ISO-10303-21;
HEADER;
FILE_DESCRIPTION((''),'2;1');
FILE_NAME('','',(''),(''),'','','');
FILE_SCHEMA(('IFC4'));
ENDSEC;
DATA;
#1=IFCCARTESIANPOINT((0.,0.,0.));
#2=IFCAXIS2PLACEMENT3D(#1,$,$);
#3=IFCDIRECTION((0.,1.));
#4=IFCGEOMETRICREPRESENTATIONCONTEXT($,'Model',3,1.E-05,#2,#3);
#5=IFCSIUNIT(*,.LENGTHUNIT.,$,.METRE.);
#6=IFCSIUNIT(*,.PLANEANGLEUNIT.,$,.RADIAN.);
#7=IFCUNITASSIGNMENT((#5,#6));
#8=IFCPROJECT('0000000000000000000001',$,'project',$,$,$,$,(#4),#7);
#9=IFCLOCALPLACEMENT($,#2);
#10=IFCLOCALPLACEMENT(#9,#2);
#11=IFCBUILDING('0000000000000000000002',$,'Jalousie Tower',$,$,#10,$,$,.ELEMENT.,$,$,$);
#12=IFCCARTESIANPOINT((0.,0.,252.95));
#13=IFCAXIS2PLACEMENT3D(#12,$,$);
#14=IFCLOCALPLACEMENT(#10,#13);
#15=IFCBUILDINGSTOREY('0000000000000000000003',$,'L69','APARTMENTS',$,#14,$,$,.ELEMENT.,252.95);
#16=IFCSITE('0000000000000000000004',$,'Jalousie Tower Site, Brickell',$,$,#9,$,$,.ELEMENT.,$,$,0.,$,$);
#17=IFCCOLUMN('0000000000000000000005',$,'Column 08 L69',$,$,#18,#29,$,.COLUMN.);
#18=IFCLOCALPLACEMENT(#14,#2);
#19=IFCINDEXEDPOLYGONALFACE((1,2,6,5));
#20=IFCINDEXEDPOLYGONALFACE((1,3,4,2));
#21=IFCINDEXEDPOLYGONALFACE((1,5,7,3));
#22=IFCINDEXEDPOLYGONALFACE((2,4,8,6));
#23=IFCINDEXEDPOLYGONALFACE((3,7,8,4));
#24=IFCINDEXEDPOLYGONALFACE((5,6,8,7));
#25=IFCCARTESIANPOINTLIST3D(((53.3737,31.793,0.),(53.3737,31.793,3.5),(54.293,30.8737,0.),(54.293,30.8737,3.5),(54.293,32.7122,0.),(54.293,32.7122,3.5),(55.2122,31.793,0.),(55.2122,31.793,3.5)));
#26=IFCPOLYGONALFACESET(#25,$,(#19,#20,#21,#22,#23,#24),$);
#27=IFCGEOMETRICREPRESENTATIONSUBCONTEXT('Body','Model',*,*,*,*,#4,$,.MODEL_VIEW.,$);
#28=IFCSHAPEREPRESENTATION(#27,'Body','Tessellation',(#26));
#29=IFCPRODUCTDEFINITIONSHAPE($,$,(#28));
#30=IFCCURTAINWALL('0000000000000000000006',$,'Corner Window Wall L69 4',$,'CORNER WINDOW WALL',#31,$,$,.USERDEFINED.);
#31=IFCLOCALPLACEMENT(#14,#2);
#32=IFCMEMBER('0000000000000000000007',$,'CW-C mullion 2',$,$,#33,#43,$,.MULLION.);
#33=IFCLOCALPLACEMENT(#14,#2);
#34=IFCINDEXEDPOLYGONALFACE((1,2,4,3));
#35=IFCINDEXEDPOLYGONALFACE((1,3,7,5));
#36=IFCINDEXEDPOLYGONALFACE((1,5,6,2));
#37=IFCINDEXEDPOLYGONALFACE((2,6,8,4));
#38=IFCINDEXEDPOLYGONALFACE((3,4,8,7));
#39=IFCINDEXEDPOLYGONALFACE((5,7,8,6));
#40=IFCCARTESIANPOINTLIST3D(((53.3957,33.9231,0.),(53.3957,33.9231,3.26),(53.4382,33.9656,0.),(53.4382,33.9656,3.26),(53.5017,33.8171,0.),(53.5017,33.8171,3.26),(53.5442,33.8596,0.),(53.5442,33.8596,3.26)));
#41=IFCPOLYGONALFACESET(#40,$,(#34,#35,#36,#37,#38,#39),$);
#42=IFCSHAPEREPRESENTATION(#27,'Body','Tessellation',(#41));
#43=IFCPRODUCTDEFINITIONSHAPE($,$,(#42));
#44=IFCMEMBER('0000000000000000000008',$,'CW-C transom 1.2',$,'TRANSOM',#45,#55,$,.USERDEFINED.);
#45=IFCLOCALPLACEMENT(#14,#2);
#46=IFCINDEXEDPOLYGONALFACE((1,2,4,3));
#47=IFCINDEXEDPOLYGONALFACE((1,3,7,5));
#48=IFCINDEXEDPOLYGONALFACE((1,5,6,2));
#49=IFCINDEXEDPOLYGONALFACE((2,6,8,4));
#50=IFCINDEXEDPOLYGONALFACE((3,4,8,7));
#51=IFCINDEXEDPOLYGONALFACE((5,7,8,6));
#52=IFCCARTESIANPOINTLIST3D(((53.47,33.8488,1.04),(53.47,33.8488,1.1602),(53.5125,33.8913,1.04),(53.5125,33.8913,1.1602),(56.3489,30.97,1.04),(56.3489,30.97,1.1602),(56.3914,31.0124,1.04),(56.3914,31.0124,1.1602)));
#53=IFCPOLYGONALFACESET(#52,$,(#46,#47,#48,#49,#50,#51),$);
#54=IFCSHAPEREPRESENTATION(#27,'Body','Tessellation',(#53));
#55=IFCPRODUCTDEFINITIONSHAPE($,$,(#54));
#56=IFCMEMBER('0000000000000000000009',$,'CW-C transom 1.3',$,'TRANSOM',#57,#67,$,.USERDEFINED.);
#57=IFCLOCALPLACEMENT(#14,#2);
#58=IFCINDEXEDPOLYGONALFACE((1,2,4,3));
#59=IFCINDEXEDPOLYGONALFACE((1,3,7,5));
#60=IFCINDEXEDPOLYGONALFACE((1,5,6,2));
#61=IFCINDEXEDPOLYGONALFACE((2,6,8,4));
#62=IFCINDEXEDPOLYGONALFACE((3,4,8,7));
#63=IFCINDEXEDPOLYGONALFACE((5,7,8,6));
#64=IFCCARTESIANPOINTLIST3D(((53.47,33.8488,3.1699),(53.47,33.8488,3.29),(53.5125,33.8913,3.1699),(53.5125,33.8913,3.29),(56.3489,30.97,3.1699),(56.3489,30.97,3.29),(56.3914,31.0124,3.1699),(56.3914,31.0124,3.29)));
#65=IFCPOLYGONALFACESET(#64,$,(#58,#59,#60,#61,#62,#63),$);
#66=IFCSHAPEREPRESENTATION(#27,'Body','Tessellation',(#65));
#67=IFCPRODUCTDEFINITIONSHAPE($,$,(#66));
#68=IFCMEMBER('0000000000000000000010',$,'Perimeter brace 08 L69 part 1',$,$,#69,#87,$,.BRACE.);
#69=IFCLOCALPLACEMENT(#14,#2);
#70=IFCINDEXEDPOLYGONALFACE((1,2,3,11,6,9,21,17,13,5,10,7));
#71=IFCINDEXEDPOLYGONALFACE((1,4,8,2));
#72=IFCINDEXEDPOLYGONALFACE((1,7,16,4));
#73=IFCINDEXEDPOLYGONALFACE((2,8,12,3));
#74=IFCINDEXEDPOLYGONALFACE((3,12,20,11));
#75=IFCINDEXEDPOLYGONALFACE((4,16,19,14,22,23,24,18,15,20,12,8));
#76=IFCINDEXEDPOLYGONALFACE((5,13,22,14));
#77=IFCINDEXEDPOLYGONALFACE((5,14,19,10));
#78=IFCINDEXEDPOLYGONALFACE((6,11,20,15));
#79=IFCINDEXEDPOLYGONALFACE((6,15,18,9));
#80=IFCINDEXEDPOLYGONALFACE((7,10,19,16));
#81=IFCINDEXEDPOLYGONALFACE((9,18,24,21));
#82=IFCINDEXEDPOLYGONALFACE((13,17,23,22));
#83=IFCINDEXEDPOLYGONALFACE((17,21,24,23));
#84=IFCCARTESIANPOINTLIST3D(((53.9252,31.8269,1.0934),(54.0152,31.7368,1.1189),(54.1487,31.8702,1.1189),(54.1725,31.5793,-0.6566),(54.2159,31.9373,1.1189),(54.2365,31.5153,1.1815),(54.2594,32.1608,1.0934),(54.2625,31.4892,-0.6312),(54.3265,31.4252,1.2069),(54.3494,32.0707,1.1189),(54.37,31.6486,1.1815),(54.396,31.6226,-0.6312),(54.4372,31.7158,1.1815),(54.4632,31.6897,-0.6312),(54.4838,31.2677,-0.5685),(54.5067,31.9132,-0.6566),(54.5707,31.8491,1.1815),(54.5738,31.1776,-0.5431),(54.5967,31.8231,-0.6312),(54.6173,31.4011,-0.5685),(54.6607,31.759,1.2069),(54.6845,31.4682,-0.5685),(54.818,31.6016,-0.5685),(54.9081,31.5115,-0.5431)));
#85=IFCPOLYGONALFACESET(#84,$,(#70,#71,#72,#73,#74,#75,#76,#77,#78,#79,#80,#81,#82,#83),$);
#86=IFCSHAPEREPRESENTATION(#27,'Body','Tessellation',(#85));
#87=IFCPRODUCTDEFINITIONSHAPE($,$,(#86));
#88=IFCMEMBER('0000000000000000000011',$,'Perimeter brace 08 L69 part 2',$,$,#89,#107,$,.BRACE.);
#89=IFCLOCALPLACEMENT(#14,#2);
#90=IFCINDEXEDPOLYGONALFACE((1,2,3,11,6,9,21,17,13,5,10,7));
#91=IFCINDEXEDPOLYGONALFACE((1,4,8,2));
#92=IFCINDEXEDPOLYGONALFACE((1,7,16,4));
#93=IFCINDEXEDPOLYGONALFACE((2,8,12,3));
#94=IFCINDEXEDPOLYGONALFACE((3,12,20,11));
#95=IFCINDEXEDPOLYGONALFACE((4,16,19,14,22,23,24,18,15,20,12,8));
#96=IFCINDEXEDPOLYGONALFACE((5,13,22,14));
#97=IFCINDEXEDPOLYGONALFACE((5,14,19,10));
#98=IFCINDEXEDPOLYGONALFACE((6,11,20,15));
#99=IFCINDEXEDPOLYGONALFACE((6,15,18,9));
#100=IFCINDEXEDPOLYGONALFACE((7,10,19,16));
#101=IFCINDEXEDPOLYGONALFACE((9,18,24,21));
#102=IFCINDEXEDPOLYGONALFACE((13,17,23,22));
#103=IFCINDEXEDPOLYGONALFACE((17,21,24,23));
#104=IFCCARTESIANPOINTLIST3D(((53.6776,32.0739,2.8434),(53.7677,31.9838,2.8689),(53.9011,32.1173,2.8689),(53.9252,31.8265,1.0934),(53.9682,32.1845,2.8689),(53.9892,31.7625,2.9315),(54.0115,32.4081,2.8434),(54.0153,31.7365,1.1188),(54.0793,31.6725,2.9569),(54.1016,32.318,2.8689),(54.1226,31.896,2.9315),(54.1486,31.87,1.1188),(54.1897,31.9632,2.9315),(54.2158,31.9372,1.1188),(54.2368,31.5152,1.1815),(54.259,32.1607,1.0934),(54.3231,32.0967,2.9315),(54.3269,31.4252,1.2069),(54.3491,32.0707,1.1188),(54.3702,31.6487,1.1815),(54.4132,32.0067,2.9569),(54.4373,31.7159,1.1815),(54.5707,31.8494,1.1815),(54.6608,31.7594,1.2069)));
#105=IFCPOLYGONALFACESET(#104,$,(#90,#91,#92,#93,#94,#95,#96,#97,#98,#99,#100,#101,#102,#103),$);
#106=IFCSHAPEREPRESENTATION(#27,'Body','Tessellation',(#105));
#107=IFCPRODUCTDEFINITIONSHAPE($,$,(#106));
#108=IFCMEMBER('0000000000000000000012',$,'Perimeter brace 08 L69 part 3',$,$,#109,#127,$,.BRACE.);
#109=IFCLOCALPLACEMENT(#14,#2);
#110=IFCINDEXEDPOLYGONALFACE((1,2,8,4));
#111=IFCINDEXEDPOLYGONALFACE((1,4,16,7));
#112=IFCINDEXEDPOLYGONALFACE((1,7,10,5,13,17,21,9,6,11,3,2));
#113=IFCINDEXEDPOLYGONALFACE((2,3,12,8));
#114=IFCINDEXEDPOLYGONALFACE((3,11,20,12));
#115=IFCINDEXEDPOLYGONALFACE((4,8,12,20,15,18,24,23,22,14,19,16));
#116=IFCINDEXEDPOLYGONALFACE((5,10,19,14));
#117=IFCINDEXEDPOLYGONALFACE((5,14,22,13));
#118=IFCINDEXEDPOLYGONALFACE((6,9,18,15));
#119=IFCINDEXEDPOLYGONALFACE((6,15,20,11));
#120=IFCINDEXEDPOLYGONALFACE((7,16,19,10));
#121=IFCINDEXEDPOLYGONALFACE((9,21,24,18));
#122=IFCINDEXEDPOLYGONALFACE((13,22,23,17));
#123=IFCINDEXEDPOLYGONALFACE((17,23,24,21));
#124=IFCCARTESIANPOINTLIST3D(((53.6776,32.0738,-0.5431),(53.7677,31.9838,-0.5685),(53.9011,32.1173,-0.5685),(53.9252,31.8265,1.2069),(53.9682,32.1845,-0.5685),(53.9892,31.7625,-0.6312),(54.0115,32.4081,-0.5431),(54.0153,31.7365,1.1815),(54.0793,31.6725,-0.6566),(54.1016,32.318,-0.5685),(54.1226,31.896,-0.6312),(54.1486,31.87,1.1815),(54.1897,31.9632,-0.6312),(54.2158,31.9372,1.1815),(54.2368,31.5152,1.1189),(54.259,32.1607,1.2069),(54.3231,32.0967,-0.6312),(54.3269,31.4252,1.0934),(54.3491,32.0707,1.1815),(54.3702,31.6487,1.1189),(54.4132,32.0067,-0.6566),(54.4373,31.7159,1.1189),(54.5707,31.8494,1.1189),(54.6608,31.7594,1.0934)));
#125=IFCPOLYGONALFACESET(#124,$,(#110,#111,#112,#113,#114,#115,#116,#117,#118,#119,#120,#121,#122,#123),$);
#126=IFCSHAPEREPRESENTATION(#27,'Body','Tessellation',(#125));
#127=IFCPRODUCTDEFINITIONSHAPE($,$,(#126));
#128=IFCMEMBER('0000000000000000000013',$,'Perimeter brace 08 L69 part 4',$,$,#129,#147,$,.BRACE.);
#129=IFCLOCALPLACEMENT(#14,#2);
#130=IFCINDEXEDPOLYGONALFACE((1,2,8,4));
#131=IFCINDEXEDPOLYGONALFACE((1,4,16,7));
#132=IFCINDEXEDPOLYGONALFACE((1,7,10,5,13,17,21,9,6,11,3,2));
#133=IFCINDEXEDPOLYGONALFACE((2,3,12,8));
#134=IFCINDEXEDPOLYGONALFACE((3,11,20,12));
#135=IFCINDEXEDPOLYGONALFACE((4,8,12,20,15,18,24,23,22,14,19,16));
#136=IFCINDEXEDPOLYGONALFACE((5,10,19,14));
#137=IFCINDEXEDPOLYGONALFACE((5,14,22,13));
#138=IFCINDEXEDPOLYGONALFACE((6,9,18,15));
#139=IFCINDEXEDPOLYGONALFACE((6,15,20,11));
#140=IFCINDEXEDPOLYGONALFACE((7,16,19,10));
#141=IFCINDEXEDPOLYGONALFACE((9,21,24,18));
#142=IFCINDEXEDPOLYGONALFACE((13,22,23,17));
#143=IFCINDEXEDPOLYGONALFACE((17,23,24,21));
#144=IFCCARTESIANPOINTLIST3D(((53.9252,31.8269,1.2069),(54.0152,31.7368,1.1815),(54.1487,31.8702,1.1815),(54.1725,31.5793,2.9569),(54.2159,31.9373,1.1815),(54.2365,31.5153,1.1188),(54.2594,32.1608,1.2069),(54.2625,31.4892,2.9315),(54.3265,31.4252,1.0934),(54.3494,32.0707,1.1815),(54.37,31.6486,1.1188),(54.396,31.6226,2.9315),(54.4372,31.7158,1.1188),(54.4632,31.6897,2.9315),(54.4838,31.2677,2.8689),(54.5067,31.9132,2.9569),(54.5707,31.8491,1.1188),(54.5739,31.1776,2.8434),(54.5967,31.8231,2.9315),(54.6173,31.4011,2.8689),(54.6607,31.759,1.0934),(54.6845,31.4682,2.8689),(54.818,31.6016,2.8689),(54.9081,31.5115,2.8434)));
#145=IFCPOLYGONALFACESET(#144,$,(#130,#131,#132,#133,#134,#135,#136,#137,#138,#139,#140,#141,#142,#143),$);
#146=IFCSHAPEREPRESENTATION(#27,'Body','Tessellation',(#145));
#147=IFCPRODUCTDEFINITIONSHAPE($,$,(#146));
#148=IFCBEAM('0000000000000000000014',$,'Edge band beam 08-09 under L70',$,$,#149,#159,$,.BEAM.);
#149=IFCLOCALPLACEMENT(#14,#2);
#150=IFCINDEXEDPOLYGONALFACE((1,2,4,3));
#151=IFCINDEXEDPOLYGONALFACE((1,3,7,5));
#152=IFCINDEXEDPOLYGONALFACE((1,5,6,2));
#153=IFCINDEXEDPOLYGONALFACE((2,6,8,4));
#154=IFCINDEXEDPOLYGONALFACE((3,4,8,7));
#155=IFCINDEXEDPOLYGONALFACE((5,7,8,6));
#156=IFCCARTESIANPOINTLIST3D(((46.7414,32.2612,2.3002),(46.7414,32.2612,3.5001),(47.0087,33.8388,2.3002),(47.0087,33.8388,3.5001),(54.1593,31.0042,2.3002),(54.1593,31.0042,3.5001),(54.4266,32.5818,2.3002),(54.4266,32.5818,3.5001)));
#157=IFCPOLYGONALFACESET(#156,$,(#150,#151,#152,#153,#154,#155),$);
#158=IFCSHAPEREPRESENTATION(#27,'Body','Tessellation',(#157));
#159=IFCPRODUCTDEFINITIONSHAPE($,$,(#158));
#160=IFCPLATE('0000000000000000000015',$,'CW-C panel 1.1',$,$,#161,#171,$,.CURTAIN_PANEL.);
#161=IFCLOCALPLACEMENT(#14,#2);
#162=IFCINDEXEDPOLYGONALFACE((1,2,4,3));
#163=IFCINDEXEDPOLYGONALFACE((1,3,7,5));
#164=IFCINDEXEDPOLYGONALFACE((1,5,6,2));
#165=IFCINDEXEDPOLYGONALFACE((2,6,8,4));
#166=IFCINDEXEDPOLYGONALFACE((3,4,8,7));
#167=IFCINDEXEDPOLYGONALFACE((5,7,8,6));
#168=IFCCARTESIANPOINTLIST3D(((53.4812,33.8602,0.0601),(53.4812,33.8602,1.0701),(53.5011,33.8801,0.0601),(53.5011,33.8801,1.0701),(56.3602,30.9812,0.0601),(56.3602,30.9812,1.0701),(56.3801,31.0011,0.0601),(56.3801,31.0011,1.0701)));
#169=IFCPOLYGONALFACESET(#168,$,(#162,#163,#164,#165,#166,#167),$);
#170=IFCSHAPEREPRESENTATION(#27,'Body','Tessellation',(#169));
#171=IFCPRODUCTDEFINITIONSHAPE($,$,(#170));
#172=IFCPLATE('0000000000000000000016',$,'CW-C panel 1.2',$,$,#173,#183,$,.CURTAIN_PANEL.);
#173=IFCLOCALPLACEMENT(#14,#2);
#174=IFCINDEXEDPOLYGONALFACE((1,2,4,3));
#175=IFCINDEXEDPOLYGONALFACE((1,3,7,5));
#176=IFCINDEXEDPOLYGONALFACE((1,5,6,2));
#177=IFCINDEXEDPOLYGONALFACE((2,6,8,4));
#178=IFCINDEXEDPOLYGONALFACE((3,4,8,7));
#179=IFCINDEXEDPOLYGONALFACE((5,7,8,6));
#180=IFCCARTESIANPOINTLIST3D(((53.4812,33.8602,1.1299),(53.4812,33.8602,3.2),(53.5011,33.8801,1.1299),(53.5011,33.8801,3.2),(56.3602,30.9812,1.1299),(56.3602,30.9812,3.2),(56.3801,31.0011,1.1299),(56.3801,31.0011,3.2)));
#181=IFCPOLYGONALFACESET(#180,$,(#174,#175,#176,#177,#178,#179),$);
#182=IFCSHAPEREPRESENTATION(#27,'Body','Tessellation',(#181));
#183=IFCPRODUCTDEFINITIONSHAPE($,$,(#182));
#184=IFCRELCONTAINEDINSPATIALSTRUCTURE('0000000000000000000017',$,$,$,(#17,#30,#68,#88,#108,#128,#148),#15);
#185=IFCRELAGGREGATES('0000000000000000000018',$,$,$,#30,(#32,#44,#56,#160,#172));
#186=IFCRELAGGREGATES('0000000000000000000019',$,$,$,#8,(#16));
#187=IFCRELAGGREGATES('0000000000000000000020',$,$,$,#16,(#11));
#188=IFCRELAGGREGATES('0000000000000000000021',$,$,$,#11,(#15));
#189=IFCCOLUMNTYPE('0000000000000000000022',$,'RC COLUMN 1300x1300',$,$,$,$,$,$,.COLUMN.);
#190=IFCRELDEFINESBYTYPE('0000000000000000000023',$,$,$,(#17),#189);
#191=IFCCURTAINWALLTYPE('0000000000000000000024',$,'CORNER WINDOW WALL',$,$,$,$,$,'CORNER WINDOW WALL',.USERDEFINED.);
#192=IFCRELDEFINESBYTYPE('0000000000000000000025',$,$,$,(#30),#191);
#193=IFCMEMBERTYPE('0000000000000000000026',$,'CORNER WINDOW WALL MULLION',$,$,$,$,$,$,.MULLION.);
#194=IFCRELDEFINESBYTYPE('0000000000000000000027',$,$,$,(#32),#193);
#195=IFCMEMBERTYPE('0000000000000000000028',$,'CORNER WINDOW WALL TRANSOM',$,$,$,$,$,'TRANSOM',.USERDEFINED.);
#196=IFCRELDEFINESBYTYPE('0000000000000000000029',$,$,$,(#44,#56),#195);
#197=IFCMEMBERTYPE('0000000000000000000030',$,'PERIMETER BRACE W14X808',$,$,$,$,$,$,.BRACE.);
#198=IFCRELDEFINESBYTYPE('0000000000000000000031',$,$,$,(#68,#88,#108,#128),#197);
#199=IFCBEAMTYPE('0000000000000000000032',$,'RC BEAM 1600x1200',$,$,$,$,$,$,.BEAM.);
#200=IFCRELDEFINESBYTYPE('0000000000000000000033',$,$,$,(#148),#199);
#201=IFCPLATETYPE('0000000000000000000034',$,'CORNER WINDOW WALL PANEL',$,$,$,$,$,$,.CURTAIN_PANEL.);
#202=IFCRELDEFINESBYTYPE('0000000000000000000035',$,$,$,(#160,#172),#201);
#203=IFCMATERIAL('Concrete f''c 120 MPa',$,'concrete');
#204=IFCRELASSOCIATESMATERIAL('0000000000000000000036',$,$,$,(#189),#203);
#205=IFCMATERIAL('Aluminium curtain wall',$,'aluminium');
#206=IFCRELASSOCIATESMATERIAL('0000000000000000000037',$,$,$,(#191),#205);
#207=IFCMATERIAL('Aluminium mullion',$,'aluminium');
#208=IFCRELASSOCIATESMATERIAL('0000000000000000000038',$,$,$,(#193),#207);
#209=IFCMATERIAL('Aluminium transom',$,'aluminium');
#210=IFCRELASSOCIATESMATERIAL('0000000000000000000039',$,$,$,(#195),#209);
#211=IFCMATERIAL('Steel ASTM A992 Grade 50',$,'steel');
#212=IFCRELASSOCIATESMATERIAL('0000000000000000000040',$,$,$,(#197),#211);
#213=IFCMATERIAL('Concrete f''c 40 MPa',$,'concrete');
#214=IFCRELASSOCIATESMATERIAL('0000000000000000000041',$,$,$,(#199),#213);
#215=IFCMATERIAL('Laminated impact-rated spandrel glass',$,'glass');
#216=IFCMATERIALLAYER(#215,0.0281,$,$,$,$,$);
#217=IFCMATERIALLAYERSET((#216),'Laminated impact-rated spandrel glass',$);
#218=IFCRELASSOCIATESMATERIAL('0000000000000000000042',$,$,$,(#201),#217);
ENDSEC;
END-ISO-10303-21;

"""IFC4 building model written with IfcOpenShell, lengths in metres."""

from ifc_helpers import new_model, si_unit, direction, frame, origin, origin_2d, place, context, subcontext, project, spatial, rectangle, i_section, extrude, material, layer, layer_set, material_profile, profile_set, type_object, element, aggregate, save


model = new_model("IFC4")

# Units and contexts
model_context = context("Model", 3, precision=1e-05, world=origin(), true_north=direction((0.0, 1.0)))
body_context = subcontext(model_context, "Body", "Model", "MODEL_VIEW")
ifc_project = project(units=[si_unit("LENGTHUNIT", "METRE"), si_unit("PLANEANGLEUNIT", "RADIAN")], contexts=[model_context])

# Site, building, storey
site_placement = place(None, origin())
site = spatial("IfcSite", under=ifc_project, at=site_placement, Name="Jalousie Tower Site, Brickell", CompositionType="ELEMENT", RefElevation=0.0)
building_placement = place(site_placement, origin())
building = spatial("IfcBuilding", under=site, at=building_placement, Name="Jalousie Tower", CompositionType="ELEMENT")
storey_placement = place(building_placement, frame((0.0, 0.0, 252.95)))
storey = spatial("IfcBuildingStorey", under=building, at=storey_placement, Name="L69", Description="APARTMENTS", CompositionType="ELEMENT", Elevation=252.95)

# Column
ifc_material_1 = material(Name="Concrete f'c 120 MPa", Category="concrete")
ifc_material_profile_1 = material_profile(ifc_material_1, rectangle(XDim=1.3, YDim=1.3, at=origin_2d()), Name="RC 1300x1300")
ifc_profile_set_1 = profile_set([ifc_material_profile_1], Name="Concrete f'c 120 MPa")
column_type = type_object("IfcColumnType", Name="RC COLUMN 1300x1300", PredefinedType="COLUMN", material=ifc_profile_set_1)
column_placement = place(storey_placement, frame((54.293, 31.793, 0.0), z_axis=(0.0, 0.0, 1.0), x_axis=(0.707107, 0.707107, 0.0)))
element("IfcColumn", 1, at=column_placement, inside=storey, type_object=column_type, Name="Column 08 L69", PredefinedType="COLUMN", context=body_context, shape_type="SweptSolid", body=[
    extrude(rectangle(XDim=1.3, YDim=1.3, at=origin_2d()), origin(), (0.0, 0.0, 1.0), 3.5),
])

# Curtain wall, members
ifc_material_2 = material(Name="Aluminium curtain wall", Category="aluminium")
curtain_wall_type = type_object("IfcCurtainWallType", Name="CORNER WINDOW WALL", ElementType="CORNER WINDOW WALL", PredefinedType="USERDEFINED", material=ifc_material_2)
curtain_wall_placement = place(storey_placement, origin())
curtain_wall = element("IfcCurtainWall", 2, at=curtain_wall_placement, inside=storey, type_object=curtain_wall_type, Name="Corner Window Wall L69 4", ObjectType="CORNER WINDOW WALL", PredefinedType="USERDEFINED")
ifc_material_3 = material(Name="Aluminium mullion", Category="aluminium")
ifc_material_profile_2 = material_profile(ifc_material_3, rectangle(XDim=0.0601, YDim=0.1499, at=origin_2d()), Name="MULLION 60x150")
ifc_profile_set_2 = profile_set([ifc_material_profile_2], Name="Aluminium mullion")
member_type_1 = type_object("IfcMemberType", Name="CORNER WINDOW WALL MULLION", PredefinedType="MULLION", material=ifc_profile_set_2)
member_1_placement = place(storey_placement, frame((53.47, 33.8914, 0.0), z_axis=(0.0, 0.0, 1.0), x_axis=(-0.707107, -0.707107, 0.0)))
member_1 = element("IfcMember", 3, at=member_1_placement, type_object=member_type_1, Name="CW-C mullion 2", PredefinedType="MULLION", context=body_context, shape_type="SweptSolid", body=[
    extrude(rectangle(XDim=0.0601, YDim=0.1499, at=origin_2d()), origin(), (0.0, 0.0, 1.0), 3.26),
])
ifc_material_4 = material(Name="Aluminium transom", Category="aluminium")
ifc_material_profile_3 = material_profile(ifc_material_4, rectangle(XDim=0.0601, YDim=0.1201, at=origin_2d()), Name="TRANSOM 60x120")
ifc_profile_set_3 = profile_set([ifc_material_profile_3], Name="Aluminium transom")
member_type_2 = type_object("IfcMemberType", Name="CORNER WINDOW WALL TRANSOM", ElementType="TRANSOM", PredefinedType="USERDEFINED", material=ifc_profile_set_3)
member_2_placement = place(storey_placement, frame((56.3701, 30.9912, 1.1001), z_axis=(-0.707107, 0.707107, 0.0), x_axis=(-0.707107, -0.707107, 0.0)))
member_2 = element("IfcMember", 4, at=member_2_placement, type_object=member_type_2, Name="CW-C transom 1.2", ObjectType="TRANSOM", PredefinedType="USERDEFINED", context=body_context, shape_type="SweptSolid", body=[
    extrude(rectangle(XDim=0.0601, YDim=0.1201, at=origin_2d()), origin(), (0.0, 0.0, 1.0), 4.0713),
])
member_3_placement = place(storey_placement, frame((56.3701, 30.9912, 3.23), z_axis=(-0.707107, 0.707107, 0.0), x_axis=(-0.707107, -0.707107, 0.0)))
member_3 = element("IfcMember", 5, at=member_3_placement, type_object=member_type_2, Name="CW-C transom 1.3", ObjectType="TRANSOM", PredefinedType="USERDEFINED", context=body_context, shape_type="SweptSolid", body=[
    extrude(rectangle(XDim=0.0601, YDim=0.1201, at=origin_2d()), origin(), (0.0, 0.0, 1.0), 4.0713),
])

# Members
ifc_material_5 = material(Name="Steel ASTM A992 Grade 50", Category="steel")
ifc_material_profile_4 = material_profile(ifc_material_5, i_section(OverallWidth=0.4724, OverallDepth=0.5791, WebThickness=0.095, FlangeThickness=0.1299, at=origin_2d()), Name="W14X808")
ifc_profile_set_4 = profile_set([ifc_material_profile_4], Name="Steel ASTM A992 Grade 50")
member_type_3 = type_object("IfcMemberType", Name="PERIMETER BRACE W14X808", PredefinedType="BRACE", material=ifc_profile_set_4)
for number, where, z_axis, x_axis, name in (
    (6, (54.5403, 31.5454, -0.5999), (-0.138579, 0.138716, 0.980588), (-0.707456, -0.706758, 0.0), "Perimeter brace 08 L69 part 1"),
    (7, (54.293, 31.793, 1.1501), (-0.138716, 0.138579, 0.980588), (-0.706758, -0.707456, 0.0), "Perimeter brace 08 L69 part 2"),
    (8, (54.0454, 32.0403, -0.5999), (0.138716, -0.138579, 0.980588), (0.706758, 0.707456, 0.0), "Perimeter brace 08 L69 part 3"),
    (9, (54.293, 31.793, 1.1501), (0.138579, -0.138716, 0.980588), (0.707456, 0.706758, 0.0), "Perimeter brace 08 L69 part 4"),
):
    element("IfcMember", number, at=place(storey_placement, frame(where, z_axis=z_axis, x_axis=x_axis)), inside=storey, type_object=member_type_3, Name=name, PredefinedType="BRACE", context=body_context, shape_type="SweptSolid", body=[
        extrude(i_section(OverallWidth=0.4724, OverallDepth=0.5791, WebThickness=0.095, FlangeThickness=0.1299, at=origin_2d()), origin(), (0.0, 0.0, 1.0), 1.7847),
    ])

# Beam
ifc_material_6 = material(Name="Concrete f'c 40 MPa", Category="concrete")
ifc_material_profile_5 = material_profile(ifc_material_6, rectangle(XDim=1.6001, YDim=1.2, at=origin_2d()), Name="RC 1600x1200")
ifc_profile_set_5 = profile_set([ifc_material_profile_5], Name="Concrete f'c 40 MPa")
beam_type = type_object("IfcBeamType", Name="RC BEAM 1600x1200", PredefinedType="BEAM", material=ifc_profile_set_5)
beam_placement = place(storey_placement, frame((54.293, 31.793, 2.9001), z_axis=(-0.985943, 0.167082, 0.0), x_axis=(-0.167082, -0.985943, 0.0)))
element("IfcBeam", 10, at=beam_placement, inside=storey, type_object=beam_type, Name="Edge band beam 08-09 under L70", PredefinedType="BEAM", context=body_context, shape_type="SweptSolid", body=[
    extrude(rectangle(XDim=1.6001, YDim=1.2, at=origin_2d()), origin(), (0.0, 0.0, 1.0), 7.5237),
])

# Plates
ifc_material_7 = material(Name="Laminated impact-rated spandrel glass", Category="glass")
ifc_layer_1 = layer(ifc_material_7, 0.0281)
ifc_layer_set_1 = layer_set([ifc_layer_1], Name="Laminated impact-rated spandrel glass")
plate_type = type_object("IfcPlateType", Name="CORNER WINDOW WALL PANEL", PredefinedType="CURTAIN_PANEL", material=ifc_layer_set_1)
plate_1_placement = place(storey_placement, frame((54.9307, 32.4307, 0.0601), z_axis=(0.0, 0.0, 1.0), x_axis=(-0.707107, 0.707107, 0.0)))
plate_1 = element("IfcPlate", 11, at=plate_1_placement, type_object=plate_type, Name="CW-C panel 1.1", PredefinedType="CURTAIN_PANEL", context=body_context, shape_type="SweptSolid", body=[
    extrude(rectangle(XDim=4.0715, YDim=0.0281, at=origin_2d()), origin(), (0.0, 0.0, 1.0), 1.01),
])
plate_2_placement = place(storey_placement, frame((54.9307, 32.4307, 1.1299), z_axis=(0.0, 0.0, 1.0), x_axis=(-0.707107, 0.707107, 0.0)))
plate_2 = element("IfcPlate", 12, at=plate_2_placement, type_object=plate_type, Name="CW-C panel 1.2", PredefinedType="CURTAIN_PANEL", context=body_context, shape_type="SweptSolid", body=[
    extrude(rectangle(XDim=4.0715, YDim=0.0281, at=origin_2d()), origin(), (0.0, 0.0, 1.0), 2.0701),
])
aggregate(curtain_wall, [member_1, member_2, member_3, plate_1, plate_2])

save(model, "model.ifc")
